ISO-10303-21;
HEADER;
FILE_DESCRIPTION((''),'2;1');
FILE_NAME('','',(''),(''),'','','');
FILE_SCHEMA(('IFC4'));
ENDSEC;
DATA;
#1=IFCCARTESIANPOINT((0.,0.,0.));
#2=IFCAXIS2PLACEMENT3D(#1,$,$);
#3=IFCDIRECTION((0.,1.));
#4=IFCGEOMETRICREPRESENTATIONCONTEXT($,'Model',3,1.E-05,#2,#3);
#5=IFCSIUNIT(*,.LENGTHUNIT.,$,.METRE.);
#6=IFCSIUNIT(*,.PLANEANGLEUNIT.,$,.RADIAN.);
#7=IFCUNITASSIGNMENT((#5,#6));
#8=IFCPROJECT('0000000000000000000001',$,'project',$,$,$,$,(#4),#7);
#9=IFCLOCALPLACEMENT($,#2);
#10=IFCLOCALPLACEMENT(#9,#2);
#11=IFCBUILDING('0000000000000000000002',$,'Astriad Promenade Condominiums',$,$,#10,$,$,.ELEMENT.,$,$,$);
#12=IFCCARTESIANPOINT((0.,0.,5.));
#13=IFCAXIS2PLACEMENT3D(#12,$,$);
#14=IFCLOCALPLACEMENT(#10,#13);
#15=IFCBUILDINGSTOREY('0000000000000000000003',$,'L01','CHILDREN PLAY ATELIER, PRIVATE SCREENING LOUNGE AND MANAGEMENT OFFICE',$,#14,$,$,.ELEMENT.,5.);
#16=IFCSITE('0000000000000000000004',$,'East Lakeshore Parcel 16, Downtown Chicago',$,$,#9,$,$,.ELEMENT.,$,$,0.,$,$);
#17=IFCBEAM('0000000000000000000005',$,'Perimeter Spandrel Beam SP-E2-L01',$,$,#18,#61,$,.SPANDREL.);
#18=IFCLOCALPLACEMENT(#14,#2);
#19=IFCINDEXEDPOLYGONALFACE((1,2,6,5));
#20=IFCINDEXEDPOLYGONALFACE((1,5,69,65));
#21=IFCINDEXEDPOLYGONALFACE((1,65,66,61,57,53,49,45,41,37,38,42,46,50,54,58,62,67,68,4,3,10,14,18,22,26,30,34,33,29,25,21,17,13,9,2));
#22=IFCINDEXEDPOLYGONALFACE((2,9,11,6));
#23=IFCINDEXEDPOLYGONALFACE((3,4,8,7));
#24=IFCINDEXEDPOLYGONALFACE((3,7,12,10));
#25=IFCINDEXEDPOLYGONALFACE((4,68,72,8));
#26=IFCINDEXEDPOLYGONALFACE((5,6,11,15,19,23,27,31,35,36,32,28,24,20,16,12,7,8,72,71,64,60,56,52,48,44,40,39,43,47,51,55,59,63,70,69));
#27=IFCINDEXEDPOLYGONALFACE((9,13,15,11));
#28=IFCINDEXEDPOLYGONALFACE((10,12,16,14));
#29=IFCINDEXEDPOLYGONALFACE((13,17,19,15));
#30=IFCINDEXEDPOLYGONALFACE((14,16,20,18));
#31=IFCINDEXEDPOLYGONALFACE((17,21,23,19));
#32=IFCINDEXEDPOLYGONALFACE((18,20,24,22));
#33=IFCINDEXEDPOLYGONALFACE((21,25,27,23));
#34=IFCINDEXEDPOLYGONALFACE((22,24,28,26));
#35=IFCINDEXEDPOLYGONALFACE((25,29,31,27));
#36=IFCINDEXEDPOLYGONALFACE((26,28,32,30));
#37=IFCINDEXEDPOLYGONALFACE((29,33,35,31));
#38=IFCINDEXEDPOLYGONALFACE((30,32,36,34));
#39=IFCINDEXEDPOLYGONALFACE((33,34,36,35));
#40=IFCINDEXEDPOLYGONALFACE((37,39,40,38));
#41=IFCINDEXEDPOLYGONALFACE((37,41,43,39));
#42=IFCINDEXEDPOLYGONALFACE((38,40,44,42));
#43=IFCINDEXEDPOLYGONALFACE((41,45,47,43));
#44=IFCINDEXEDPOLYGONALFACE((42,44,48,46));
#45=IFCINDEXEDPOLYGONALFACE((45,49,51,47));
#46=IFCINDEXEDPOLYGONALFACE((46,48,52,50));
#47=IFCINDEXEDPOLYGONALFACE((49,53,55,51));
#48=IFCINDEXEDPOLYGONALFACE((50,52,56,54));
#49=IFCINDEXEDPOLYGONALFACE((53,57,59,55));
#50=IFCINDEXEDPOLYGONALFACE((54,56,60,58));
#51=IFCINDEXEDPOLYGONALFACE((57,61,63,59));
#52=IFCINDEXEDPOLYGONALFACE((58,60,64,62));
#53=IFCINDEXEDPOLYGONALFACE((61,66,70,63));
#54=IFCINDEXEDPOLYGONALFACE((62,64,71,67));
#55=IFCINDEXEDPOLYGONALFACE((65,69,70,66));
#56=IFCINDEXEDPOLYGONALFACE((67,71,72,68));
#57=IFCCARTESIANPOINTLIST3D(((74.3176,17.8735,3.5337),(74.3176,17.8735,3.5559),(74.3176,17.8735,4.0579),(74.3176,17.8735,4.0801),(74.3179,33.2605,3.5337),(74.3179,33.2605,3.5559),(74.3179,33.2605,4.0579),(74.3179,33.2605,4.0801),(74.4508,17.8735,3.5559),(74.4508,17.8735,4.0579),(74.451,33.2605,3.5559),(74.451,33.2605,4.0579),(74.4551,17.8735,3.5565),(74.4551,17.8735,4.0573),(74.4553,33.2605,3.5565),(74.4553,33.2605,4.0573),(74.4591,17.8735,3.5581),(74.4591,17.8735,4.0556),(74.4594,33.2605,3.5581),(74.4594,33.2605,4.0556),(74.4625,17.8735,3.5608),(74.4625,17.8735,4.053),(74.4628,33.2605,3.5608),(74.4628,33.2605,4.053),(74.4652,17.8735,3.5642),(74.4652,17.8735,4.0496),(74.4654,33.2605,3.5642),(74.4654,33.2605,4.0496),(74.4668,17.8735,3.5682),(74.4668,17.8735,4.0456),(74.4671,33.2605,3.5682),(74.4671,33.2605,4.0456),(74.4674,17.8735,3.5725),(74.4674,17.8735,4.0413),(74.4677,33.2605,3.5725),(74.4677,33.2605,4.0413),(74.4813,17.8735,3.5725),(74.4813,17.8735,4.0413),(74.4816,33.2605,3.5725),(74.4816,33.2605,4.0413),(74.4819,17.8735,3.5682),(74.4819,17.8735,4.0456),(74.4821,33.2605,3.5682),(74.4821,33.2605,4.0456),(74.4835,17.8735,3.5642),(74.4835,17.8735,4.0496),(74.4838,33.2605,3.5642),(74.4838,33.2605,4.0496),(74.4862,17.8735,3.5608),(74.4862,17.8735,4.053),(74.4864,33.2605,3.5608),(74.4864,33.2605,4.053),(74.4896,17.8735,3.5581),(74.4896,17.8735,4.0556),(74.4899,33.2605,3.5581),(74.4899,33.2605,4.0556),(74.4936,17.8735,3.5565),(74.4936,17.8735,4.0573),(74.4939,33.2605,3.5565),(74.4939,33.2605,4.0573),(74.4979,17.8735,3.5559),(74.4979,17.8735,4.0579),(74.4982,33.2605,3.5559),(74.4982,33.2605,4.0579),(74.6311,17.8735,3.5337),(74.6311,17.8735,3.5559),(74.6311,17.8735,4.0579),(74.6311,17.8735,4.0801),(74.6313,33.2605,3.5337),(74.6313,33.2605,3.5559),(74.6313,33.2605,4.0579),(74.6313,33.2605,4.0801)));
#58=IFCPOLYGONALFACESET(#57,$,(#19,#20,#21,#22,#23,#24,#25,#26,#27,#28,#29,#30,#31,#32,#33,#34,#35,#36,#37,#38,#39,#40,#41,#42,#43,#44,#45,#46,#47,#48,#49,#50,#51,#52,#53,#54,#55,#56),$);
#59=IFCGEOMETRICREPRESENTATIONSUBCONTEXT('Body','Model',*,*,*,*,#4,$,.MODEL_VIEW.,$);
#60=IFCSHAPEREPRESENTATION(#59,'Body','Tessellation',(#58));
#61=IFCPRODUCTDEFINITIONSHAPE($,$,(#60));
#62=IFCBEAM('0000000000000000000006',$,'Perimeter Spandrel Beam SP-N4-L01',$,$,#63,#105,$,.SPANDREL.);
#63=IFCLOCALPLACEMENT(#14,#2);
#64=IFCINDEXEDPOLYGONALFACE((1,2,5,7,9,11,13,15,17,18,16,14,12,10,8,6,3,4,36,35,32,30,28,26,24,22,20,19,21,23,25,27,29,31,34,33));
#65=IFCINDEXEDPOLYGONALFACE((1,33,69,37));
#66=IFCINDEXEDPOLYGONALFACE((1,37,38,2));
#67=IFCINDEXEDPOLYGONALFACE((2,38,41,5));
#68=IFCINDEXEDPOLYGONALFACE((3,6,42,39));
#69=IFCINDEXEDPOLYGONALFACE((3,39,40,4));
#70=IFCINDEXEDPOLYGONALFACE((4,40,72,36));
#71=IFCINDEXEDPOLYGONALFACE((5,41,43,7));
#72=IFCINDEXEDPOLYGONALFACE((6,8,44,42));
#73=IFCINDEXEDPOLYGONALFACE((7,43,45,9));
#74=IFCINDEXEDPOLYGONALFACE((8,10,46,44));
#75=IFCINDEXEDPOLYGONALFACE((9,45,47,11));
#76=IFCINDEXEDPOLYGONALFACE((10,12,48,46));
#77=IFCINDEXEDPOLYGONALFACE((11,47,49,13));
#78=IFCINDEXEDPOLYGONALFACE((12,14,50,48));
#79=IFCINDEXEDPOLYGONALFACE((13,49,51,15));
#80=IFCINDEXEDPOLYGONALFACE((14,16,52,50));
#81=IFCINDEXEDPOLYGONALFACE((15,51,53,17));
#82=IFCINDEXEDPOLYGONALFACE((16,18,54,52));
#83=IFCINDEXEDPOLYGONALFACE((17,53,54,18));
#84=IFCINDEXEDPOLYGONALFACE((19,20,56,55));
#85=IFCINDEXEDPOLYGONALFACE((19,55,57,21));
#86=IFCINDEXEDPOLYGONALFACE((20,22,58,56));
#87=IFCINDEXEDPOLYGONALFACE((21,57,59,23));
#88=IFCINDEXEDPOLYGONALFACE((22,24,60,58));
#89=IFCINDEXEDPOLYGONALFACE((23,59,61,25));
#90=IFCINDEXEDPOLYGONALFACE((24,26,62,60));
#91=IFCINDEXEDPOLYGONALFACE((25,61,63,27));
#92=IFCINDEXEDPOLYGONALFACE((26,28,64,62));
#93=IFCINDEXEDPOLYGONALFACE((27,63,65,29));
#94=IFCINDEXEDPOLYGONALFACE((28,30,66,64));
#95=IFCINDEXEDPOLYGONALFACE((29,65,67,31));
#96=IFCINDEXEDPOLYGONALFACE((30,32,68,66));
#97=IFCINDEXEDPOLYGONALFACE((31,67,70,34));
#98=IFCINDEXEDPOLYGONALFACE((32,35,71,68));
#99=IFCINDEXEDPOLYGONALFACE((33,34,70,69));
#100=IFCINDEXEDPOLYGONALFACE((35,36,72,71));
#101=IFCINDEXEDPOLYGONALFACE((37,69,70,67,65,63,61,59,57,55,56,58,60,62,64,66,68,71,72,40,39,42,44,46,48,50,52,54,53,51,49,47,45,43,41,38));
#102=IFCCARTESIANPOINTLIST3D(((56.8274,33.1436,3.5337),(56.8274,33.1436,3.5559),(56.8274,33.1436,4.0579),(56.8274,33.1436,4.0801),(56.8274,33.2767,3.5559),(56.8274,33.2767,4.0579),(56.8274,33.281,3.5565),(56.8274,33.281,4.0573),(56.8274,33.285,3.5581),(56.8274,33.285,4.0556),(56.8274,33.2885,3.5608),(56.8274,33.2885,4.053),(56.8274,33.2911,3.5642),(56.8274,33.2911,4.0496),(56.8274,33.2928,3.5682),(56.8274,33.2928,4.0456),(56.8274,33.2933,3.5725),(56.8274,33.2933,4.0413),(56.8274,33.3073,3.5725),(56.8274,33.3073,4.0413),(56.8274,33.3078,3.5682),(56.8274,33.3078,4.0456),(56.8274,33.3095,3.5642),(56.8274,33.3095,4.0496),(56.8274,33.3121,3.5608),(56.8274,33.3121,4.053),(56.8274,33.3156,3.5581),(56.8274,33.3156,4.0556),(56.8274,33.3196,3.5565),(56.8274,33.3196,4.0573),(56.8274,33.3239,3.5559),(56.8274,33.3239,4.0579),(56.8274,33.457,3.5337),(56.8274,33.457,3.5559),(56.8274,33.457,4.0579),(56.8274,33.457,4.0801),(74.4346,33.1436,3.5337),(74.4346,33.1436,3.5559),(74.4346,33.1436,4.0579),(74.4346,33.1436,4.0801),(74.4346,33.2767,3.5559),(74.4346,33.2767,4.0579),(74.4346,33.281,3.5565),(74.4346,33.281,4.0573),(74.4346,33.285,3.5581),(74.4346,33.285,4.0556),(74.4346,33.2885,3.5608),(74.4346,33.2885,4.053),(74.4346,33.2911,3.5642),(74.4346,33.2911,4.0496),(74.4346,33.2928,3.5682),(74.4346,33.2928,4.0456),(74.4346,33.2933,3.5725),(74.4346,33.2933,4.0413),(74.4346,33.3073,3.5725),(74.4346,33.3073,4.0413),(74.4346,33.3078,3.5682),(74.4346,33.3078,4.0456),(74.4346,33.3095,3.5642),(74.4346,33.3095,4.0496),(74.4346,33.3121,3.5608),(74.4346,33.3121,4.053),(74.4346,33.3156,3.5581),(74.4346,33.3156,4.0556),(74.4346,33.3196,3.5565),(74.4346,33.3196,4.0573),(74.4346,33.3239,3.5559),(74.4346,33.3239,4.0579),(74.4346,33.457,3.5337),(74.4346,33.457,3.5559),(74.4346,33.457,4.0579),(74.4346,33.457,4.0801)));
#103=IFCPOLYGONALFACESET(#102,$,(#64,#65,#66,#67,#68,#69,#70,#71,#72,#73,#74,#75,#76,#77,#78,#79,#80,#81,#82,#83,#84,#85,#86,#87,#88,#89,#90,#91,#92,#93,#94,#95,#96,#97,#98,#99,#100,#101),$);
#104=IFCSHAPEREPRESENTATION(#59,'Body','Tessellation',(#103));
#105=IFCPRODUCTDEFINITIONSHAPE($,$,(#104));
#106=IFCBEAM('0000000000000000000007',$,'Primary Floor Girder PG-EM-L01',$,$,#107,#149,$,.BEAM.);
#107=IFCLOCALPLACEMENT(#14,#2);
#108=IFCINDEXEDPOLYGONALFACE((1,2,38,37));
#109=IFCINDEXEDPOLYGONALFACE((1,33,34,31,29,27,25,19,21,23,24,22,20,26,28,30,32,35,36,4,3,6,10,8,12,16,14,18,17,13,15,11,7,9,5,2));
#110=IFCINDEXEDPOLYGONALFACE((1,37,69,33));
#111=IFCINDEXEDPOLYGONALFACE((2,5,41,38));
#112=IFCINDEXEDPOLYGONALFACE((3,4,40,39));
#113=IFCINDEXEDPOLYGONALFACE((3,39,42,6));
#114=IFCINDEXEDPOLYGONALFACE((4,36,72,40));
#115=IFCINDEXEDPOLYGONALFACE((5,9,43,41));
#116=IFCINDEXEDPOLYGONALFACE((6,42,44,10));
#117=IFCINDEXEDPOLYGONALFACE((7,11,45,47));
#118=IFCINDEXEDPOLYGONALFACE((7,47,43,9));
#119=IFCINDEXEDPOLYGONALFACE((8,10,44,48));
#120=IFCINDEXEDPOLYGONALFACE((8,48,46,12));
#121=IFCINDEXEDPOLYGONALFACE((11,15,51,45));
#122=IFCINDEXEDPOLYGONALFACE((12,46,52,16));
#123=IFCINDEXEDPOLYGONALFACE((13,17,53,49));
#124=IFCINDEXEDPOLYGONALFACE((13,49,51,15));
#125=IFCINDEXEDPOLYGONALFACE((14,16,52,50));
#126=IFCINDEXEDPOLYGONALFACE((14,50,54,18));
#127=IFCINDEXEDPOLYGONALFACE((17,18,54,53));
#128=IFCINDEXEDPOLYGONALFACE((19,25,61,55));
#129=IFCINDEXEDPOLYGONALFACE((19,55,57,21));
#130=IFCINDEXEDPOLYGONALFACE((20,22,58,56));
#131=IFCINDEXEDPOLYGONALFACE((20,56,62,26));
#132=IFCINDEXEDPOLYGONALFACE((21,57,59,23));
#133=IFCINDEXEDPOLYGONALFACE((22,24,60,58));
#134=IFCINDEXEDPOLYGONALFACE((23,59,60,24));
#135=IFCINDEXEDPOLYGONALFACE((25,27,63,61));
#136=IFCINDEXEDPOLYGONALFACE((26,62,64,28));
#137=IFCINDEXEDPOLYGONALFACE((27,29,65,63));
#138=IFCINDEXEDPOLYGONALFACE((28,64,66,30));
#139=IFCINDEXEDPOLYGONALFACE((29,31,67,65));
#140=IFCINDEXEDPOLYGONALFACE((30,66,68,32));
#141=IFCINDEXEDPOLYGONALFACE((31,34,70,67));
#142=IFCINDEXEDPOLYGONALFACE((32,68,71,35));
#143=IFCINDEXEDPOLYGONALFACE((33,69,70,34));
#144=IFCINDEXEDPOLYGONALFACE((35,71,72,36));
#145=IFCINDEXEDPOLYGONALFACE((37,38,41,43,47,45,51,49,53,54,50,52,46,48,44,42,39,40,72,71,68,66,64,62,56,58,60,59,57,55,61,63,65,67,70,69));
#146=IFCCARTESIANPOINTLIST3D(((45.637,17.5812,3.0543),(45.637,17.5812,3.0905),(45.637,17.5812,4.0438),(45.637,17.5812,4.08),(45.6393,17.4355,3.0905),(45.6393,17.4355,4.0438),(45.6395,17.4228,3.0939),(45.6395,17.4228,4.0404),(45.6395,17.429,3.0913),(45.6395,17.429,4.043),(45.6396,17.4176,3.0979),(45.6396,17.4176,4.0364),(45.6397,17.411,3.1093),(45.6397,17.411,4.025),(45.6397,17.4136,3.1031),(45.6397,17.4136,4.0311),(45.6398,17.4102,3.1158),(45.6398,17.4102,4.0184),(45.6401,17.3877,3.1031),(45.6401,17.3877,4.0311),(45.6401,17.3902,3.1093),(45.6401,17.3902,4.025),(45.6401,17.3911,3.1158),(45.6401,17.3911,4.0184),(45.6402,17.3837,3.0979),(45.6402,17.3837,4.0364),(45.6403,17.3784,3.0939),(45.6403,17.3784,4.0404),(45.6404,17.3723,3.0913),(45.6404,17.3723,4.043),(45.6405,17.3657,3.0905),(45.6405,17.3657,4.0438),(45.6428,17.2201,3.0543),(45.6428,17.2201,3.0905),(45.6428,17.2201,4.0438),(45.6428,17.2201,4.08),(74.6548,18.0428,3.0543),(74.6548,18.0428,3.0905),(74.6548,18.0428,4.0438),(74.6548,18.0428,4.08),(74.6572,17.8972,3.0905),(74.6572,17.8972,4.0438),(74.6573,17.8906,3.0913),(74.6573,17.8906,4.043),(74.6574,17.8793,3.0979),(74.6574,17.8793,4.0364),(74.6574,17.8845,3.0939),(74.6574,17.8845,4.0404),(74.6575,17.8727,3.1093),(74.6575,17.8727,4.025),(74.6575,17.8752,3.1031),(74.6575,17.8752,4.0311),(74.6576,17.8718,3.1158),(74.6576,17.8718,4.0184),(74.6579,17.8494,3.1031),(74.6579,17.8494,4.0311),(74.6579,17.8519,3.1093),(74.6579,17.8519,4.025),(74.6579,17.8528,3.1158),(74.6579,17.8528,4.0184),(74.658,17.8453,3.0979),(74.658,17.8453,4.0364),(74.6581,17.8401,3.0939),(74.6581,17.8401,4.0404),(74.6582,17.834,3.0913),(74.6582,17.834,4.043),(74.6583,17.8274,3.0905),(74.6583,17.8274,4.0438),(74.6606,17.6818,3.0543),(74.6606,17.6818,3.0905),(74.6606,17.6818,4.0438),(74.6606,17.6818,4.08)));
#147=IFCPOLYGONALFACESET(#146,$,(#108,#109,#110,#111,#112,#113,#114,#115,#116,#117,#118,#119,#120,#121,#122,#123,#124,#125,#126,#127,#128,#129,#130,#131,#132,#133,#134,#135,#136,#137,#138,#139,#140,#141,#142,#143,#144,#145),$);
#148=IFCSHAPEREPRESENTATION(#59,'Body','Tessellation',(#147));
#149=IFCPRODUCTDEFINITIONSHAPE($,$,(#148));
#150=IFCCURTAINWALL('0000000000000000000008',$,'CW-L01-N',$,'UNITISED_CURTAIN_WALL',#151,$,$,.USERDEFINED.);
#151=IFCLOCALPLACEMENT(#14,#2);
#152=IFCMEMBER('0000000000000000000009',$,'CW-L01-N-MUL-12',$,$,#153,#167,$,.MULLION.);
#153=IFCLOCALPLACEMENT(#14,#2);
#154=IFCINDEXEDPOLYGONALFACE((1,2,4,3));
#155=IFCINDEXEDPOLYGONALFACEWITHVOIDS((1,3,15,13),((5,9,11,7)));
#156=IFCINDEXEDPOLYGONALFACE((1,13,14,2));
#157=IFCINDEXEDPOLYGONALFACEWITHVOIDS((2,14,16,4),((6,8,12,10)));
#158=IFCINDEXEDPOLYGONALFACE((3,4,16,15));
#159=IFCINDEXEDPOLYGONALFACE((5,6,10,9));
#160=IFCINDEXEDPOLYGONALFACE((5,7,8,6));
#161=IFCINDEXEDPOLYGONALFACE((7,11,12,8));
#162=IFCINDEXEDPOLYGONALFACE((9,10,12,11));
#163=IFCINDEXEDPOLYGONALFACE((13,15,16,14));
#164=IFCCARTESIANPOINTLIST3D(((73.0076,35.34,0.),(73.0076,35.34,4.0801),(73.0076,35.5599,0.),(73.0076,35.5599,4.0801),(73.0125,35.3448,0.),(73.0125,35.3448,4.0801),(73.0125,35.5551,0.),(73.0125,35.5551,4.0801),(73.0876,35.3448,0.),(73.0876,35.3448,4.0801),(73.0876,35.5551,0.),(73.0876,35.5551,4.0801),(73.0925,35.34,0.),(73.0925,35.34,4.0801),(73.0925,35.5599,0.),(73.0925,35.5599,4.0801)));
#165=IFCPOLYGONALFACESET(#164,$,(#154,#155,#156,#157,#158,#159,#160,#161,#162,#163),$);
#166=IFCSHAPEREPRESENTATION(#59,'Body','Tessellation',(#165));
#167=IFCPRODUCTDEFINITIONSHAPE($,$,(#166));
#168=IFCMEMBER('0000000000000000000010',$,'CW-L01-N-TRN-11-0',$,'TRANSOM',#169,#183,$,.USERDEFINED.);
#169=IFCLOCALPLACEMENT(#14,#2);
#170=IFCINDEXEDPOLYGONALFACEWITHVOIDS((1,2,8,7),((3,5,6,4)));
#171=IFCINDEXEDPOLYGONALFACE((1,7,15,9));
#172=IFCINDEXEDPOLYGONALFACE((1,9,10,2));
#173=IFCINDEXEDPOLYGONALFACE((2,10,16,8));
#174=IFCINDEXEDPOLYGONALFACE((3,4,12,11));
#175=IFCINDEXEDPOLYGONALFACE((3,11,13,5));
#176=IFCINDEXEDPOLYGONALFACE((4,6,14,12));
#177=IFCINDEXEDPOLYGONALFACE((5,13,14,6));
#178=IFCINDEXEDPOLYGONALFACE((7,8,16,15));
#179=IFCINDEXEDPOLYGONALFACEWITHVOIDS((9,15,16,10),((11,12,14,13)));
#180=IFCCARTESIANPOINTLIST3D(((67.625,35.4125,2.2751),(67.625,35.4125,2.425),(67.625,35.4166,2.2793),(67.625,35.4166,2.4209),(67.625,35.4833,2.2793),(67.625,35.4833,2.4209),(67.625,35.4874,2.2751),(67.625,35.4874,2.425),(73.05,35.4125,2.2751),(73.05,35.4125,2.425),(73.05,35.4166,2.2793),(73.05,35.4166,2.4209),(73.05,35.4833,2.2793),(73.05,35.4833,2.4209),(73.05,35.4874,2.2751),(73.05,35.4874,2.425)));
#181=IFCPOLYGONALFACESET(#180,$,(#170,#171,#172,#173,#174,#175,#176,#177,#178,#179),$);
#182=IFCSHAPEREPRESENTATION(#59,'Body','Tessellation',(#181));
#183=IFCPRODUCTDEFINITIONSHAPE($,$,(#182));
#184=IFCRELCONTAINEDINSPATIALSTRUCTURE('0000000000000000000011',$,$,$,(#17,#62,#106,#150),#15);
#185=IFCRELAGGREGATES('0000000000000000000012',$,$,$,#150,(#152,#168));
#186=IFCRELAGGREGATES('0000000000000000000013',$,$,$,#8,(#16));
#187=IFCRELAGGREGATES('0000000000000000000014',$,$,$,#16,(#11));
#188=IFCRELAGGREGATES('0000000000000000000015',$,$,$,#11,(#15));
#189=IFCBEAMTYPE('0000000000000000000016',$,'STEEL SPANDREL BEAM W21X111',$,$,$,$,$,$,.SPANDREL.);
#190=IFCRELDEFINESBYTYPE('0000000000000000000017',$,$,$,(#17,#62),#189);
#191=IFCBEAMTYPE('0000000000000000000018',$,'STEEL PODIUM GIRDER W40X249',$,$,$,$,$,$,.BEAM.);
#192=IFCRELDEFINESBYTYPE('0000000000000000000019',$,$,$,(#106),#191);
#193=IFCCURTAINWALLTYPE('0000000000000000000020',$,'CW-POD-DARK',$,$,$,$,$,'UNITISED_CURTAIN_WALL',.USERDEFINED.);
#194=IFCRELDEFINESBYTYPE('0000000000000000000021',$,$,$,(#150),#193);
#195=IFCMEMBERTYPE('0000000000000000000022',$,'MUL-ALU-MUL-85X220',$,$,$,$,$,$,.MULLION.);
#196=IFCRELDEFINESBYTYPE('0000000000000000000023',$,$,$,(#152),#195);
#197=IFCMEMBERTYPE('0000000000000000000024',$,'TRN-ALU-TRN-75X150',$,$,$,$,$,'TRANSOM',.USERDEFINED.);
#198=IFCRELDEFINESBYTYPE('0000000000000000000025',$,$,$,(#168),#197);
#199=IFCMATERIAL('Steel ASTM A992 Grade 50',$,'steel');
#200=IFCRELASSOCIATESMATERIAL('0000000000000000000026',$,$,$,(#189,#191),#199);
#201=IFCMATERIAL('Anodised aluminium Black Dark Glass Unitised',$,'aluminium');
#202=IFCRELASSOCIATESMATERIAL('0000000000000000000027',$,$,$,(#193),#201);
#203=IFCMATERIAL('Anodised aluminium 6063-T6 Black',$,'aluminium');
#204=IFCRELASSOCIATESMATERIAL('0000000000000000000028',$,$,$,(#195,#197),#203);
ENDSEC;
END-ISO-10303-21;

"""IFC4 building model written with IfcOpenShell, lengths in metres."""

from ifc_helpers import new_model, si_unit, direction, frame, origin, origin_2d, place, context, subcontext, project, spatial, hollow_rectangle, i_section, extrude, source, transform, mapped, material, material_profile, profile_set, type_object, type_shapes, element, aggregate, save


model = new_model("IFC4")

# Units and contexts
model_context = context("Model", 3, precision=1e-05, world=origin(), true_north=direction((0.0, 1.0)))
body_context = subcontext(model_context, "Body", "Model", "MODEL_VIEW")
ifc_project = project(units=[si_unit("LENGTHUNIT", "METRE"), si_unit("PLANEANGLEUNIT", "RADIAN")], contexts=[model_context])

# Site, building, storey
site_placement = place(None, origin())
site = spatial("IfcSite", under=ifc_project, at=site_placement, Name="East Lakeshore Parcel 16, Downtown Chicago", CompositionType="ELEMENT", RefElevation=0.0)
building_placement = place(site_placement, origin())
building = spatial("IfcBuilding", under=site, at=building_placement, Name="Astriad Promenade Condominiums", CompositionType="ELEMENT")
storey_placement = place(building_placement, frame((0.0, 0.0, 5.0)))
storey = spatial("IfcBuildingStorey", under=building, at=storey_placement, Name="L01", Description="CHILDREN PLAY ATELIER, PRIVATE SCREENING LOUNGE AND MANAGEMENT OFFICE", CompositionType="ELEMENT", Elevation=5.0)

# Shared definitions
ifc_material_1 = material(Name="Steel ASTM A992 Grade 50", Category="steel")

# Beams
ifc_material_profile_1 = material_profile(ifc_material_1, i_section(OverallWidth=0.3135, OverallDepth=0.5464, WebThickness=0.0139, FlangeThickness=0.0222, FilletRadius=0.0166, at=origin_2d()), Name="W21X111")
ifc_profile_set_1 = profile_set([ifc_material_profile_1], Name="Steel ASTM A992 Grade 50")
beam_type_1 = type_object("IfcBeamType", Name="STEEL SPANDREL BEAM W21X111", PredefinedType="SPANDREL", material=ifc_profile_set_1)
shared_shape_1 = source(origin(), body_context, "Body", "SweptSolid", [
    extrude(i_section(OverallWidth=0.3135, OverallDepth=0.5464, WebThickness=0.0139, FlangeThickness=0.0222, FilletRadius=0.0166, at=origin_2d()), origin(), (0.0, 0.0, 1.0), 15.387),
])
beam_1_placement = place(storey_placement, frame((74.4744, 17.8735, 3.8069), z_axis=(0.000016, 1.0, 0.0), x_axis=(-1.0, 0.000016, 0.0)))
element("IfcBeam", 1, at=beam_1_placement, inside=storey, type_object=beam_type_1, Name="Perimeter Spandrel Beam SP-E2-L01", PredefinedType="SPANDREL", context=body_context, shape_type="MappedRepresentation", body=[
    mapped(shared_shape_1, transform((0.0, 0.0, 0.0), scale=1.0)),
])
shared_shape_2 = source(origin(), body_context, "Body", "SweptSolid", [
    extrude(i_section(OverallWidth=0.3135, OverallDepth=0.5464, WebThickness=0.0139, FlangeThickness=0.0222, FilletRadius=0.0166, at=origin_2d()), origin(), (0.0, 0.0, 1.0), 17.6072),
])
type_shapes(beam_type_1, [shared_shape_1, shared_shape_2])
beam_2_placement = place(storey_placement, frame((74.4346, 33.3003, 3.8069), z_axis=(-1.0, 0.0, 0.0), x_axis=(0.0, -1.0, 0.0)))
element("IfcBeam", 2, at=beam_2_placement, inside=storey, type_object=beam_type_1, Name="Perimeter Spandrel Beam SP-N4-L01", PredefinedType="SPANDREL", context=body_context, shape_type="MappedRepresentation", body=[
    mapped(shared_shape_2, transform((0.0, 0.0, 0.0), scale=1.0)),
])
ifc_material_profile_2 = material_profile(ifc_material_1, i_section(OverallWidth=0.3611, OverallDepth=1.0256, WebThickness=0.019, FlangeThickness=0.0361, FilletRadius=0.0254, at=origin_2d()), Name="W40X249")
ifc_profile_set_2 = profile_set([ifc_material_profile_2], Name="Steel ASTM A992 Grade 50")
beam_type_2 = type_object("IfcBeamType", Name="STEEL PODIUM GIRDER W40X249", PredefinedType="BEAM", material=ifc_profile_set_2)
shared_shape_3 = source(origin(), body_context, "Body", "SweptSolid", [
    extrude(i_section(OverallWidth=0.3611, OverallDepth=1.0256, WebThickness=0.019, FlangeThickness=0.0361, FilletRadius=0.0254, at=origin_2d()), origin(), (0.0, 0.0, 1.0), 29.0215),
])
type_shapes(beam_type_2, [shared_shape_3])
beam_3_placement = place(storey_placement, frame((74.6577, 17.8623, 3.5671), z_axis=(-0.999873, -0.015908, 0.0), x_axis=(0.015908, -0.999873, 0.0)))
element("IfcBeam", 3, at=beam_3_placement, inside=storey, type_object=beam_type_2, Name="Primary Floor Girder PG-EM-L01", PredefinedType="BEAM", context=body_context, shape_type="MappedRepresentation", body=[
    mapped(shared_shape_3, transform((0.0, 0.0, 0.0), scale=1.0)),
])

# Curtain wall, members
ifc_material_2 = material(Name="Anodised aluminium Black Dark Glass Unitised", Category="aluminium")
curtain_wall_type = type_object("IfcCurtainWallType", Name="CW-POD-DARK", ElementType="UNITISED_CURTAIN_WALL", PredefinedType="USERDEFINED", material=ifc_material_2)
curtain_wall_placement = place(storey_placement, origin())
curtain_wall = element("IfcCurtainWall", 4, at=curtain_wall_placement, inside=storey, type_object=curtain_wall_type, Name="CW-L01-N", ObjectType="UNITISED_CURTAIN_WALL", PredefinedType="USERDEFINED")
ifc_material_3 = material(Name="Anodised aluminium 6063-T6 Black", Category="aluminium")
ifc_material_profile_3 = material_profile(ifc_material_3, hollow_rectangle(XDim=0.085, YDim=0.22, WallThickness=0.0049, at=origin_2d()), Name="ALU-MUL-85X220")
ifc_profile_set_3 = profile_set([ifc_material_profile_3], Name="Anodised aluminium 6063-T6 Black")
member_type_1 = type_object("IfcMemberType", Name="MUL-ALU-MUL-85X220", PredefinedType="MULLION", material=ifc_profile_set_3)
shared_shape_4 = source(origin(), body_context, "Body", "SweptSolid", [
    extrude(hollow_rectangle(XDim=0.085, YDim=0.22, WallThickness=0.0049, at=origin_2d()), origin(), (0.0, 0.0, 1.0), 4.0801),
])
type_shapes(member_type_1, [shared_shape_4])
member_1_placement = place(storey_placement, frame((73.05, 35.45, 0.0), z_axis=(0.0, 0.0, 1.0), x_axis=(1.0, 0.0, 0.0)))
member_1 = element("IfcMember", 5, at=member_1_placement, type_object=member_type_1, Name="CW-L01-N-MUL-12", PredefinedType="MULLION", context=body_context, shape_type="MappedRepresentation", body=[
    mapped(shared_shape_4, transform((0.0, 0.0, 0.0), scale=1.0)),
])
ifc_material_profile_4 = material_profile(ifc_material_3, hollow_rectangle(XDim=0.075, YDim=0.1499, WallThickness=0.0042, at=origin_2d()), Name="ALU-TRN-75X150")
ifc_profile_set_4 = profile_set([ifc_material_profile_4], Name="Anodised aluminium 6063-T6 Black")
member_type_2 = type_object("IfcMemberType", Name="TRN-ALU-TRN-75X150", ElementType="TRANSOM", PredefinedType="USERDEFINED", material=ifc_profile_set_4)
shared_shape_5 = source(origin(), body_context, "Body", "SweptSolid", [
    extrude(hollow_rectangle(XDim=0.075, YDim=0.1499, WallThickness=0.0042, at=origin_2d()), origin(), (0.0, 0.0, 1.0), 5.425),
])
type_shapes(member_type_2, [shared_shape_5])
member_2_placement = place(storey_placement, frame((67.625, 35.45, 2.3501), z_axis=(1.0, 0.0, 0.0), x_axis=(0.0, 1.0, 0.0)))
member_2 = element("IfcMember", 6, at=member_2_placement, type_object=member_type_2, Name="CW-L01-N-TRN-11-0", ObjectType="TRANSOM", PredefinedType="USERDEFINED", context=body_context, shape_type="MappedRepresentation", body=[
    mapped(shared_shape_5, transform((0.0, 0.0, 0.0), scale=1.0)),
])

aggregate(curtain_wall, [member_1, member_2])

save(model, "model.ifc")
